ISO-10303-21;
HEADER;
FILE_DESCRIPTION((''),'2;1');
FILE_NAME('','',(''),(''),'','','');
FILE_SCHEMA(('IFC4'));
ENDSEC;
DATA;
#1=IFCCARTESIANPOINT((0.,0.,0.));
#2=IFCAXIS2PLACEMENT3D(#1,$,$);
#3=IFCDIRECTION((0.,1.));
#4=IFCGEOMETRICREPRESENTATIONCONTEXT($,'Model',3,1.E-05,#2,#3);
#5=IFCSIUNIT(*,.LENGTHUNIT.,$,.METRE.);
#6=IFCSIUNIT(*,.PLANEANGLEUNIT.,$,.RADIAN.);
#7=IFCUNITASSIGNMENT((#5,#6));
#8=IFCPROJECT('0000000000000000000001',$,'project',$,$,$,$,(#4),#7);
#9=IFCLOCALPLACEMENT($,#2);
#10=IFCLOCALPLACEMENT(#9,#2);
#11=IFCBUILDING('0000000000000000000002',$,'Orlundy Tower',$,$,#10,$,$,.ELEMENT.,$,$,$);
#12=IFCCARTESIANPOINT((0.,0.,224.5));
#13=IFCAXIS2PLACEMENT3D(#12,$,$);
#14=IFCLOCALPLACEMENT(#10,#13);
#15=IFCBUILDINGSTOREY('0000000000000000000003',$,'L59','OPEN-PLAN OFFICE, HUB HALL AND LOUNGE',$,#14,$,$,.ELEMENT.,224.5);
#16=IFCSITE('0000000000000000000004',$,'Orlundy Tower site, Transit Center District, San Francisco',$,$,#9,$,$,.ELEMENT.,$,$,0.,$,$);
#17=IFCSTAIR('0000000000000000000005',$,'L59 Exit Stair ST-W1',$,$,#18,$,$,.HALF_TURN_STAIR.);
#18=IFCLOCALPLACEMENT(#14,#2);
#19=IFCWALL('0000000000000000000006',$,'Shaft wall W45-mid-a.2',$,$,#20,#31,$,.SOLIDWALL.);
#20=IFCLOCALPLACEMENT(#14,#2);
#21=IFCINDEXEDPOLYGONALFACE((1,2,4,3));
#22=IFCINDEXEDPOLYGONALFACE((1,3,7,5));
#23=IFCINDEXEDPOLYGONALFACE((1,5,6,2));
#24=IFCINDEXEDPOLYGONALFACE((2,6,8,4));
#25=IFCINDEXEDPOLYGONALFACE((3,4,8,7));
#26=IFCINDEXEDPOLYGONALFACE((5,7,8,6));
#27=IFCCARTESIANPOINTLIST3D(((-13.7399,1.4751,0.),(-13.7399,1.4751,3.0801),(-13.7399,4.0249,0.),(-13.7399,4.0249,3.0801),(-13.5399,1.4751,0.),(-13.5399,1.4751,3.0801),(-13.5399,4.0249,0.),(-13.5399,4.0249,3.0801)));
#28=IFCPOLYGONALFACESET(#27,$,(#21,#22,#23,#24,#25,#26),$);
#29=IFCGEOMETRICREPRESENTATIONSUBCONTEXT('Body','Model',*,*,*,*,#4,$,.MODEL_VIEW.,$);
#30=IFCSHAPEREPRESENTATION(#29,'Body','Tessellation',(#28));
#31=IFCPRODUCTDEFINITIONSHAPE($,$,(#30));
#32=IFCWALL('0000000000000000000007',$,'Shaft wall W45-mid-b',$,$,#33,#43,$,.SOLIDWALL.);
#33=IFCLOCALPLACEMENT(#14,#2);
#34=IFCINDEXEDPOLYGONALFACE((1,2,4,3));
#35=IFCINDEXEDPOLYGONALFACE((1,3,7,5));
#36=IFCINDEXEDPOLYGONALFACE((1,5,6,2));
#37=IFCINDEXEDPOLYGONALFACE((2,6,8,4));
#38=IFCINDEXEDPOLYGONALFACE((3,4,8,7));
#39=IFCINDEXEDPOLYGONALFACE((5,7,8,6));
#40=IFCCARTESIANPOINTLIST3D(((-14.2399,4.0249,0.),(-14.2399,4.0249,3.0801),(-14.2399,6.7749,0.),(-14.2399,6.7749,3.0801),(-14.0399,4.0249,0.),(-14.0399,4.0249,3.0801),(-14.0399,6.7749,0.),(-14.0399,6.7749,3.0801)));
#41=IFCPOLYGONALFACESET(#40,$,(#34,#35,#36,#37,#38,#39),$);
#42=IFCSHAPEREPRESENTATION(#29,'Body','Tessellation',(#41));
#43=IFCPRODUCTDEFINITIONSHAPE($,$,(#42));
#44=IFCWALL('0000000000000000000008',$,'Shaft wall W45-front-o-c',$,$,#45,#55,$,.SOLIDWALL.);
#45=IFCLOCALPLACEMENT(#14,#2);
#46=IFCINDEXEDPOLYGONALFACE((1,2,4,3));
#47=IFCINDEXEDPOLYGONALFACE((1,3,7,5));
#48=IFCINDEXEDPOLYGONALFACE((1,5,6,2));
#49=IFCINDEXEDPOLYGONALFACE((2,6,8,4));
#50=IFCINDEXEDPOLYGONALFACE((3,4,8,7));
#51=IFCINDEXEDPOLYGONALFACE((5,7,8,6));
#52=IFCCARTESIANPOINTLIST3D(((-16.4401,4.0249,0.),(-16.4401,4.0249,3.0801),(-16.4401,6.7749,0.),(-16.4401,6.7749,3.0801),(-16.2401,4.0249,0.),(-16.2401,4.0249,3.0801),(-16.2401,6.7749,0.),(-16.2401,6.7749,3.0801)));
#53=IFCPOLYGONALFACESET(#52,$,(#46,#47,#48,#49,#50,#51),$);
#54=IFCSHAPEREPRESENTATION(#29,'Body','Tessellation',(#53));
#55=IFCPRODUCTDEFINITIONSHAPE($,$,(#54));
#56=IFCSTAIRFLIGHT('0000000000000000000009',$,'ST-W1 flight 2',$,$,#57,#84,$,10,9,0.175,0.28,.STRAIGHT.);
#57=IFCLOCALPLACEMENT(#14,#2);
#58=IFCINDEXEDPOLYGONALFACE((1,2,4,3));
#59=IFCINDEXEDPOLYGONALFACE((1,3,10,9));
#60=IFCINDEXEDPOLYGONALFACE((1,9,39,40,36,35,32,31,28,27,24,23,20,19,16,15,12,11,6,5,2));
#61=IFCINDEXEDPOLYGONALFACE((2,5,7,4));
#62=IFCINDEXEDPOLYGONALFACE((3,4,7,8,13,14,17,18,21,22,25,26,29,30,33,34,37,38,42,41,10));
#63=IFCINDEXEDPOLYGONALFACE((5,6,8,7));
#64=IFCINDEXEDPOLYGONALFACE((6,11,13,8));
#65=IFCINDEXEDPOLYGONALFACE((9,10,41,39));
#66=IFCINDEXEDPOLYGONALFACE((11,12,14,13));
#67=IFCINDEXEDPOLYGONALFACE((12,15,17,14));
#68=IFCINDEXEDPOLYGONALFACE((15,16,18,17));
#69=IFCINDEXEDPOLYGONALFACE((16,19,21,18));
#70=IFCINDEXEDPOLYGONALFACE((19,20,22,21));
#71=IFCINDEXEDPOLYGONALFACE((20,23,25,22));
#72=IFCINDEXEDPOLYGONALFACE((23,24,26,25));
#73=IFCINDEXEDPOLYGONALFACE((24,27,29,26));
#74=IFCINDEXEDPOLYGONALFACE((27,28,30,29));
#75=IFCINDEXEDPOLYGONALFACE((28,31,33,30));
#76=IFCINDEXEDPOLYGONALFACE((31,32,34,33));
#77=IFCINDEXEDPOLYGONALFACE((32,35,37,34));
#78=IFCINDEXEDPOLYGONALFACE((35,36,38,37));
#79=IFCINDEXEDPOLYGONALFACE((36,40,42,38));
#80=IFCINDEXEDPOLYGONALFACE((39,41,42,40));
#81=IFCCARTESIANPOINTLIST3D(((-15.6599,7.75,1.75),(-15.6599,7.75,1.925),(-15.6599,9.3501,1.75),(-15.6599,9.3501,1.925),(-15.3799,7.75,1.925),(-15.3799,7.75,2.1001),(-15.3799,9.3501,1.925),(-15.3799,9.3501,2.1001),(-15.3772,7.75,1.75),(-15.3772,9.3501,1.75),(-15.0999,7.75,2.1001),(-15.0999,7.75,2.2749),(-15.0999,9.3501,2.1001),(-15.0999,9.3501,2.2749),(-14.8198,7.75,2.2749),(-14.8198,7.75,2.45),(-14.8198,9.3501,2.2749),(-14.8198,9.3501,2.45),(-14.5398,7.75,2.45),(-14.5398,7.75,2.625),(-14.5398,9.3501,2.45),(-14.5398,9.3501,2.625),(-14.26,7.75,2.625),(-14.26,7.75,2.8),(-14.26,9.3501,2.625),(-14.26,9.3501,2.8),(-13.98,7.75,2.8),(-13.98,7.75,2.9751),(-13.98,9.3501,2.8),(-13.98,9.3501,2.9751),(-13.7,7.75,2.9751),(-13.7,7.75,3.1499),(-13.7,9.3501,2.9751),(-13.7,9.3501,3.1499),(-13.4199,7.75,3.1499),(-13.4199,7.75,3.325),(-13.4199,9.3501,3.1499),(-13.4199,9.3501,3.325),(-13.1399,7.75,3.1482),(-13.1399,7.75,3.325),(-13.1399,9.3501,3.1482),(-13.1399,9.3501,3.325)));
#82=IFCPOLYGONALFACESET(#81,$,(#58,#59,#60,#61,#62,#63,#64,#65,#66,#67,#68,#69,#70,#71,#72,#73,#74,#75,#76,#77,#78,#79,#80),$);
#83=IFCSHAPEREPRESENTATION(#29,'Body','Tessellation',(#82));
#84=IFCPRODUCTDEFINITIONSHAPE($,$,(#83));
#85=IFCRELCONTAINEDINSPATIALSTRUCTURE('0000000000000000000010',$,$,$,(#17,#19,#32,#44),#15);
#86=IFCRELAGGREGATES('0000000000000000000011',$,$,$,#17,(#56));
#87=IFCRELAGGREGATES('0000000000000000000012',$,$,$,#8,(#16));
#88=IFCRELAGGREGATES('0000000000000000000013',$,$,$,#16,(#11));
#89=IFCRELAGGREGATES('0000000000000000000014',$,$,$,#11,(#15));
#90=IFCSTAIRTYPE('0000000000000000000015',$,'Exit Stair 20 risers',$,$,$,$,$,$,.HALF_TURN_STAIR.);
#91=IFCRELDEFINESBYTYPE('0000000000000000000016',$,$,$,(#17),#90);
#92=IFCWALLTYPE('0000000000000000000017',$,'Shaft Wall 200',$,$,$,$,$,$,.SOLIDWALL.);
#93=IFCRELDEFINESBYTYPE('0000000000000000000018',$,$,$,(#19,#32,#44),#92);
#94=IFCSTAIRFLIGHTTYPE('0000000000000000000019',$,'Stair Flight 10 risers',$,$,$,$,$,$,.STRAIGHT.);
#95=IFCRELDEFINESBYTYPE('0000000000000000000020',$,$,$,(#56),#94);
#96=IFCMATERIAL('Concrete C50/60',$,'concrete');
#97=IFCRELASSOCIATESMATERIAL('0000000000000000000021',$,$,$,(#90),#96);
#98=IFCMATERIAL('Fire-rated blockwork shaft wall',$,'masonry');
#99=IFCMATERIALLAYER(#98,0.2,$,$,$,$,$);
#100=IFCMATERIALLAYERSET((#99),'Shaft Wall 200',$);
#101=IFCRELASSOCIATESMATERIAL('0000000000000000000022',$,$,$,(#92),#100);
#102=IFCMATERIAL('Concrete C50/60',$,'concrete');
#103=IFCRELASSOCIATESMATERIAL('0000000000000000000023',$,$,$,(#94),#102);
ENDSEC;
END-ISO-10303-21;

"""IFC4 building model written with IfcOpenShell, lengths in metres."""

from ifc_helpers import new_model, si_unit, direction, frame, frame_2d, origin, place, context, subcontext, project, spatial, polyline, rectangle, outline, extrude, material, layer, layer_set, type_object, element, aggregate, save


model = new_model("IFC4")

# Units and contexts
model_context = context("Model", 3, precision=1e-05, world=origin(), true_north=direction((0.0, 1.0)))
body_context = subcontext(model_context, "Body", "Model", "MODEL_VIEW")
ifc_project = project(units=[si_unit("LENGTHUNIT", "METRE"), si_unit("PLANEANGLEUNIT", "RADIAN")], contexts=[model_context])

# Site, building, storey
site_placement = place(None, origin())
site = spatial("IfcSite", under=ifc_project, at=site_placement, Name="Orlundy Tower site, Transit Center District, San Francisco", CompositionType="ELEMENT", RefElevation=0.0)
building_placement = place(site_placement, origin())
building = spatial("IfcBuilding", under=site, at=building_placement, Name="Orlundy Tower", CompositionType="ELEMENT")
storey_placement = place(building_placement, frame((0.0, 0.0, 224.5)))
storey = spatial("IfcBuildingStorey", under=building, at=storey_placement, Name="L59", Description="OPEN-PLAN OFFICE, HUB HALL AND LOUNGE", CompositionType="ELEMENT", Elevation=224.5)

# Stair
ifc_material_1 = material(Name="Concrete C50/60", Category="concrete")
stair_type = type_object("IfcStairType", Name="Exit Stair 20 risers", PredefinedType="HALF_TURN_STAIR", material=ifc_material_1)
stair_1_placement = place(storey_placement, origin())
stair_1 = element("IfcStair", 1, at=stair_1_placement, inside=storey, type_object=stair_type, Name="L59 Exit Stair ST-W1", PredefinedType="HALF_TURN_STAIR")

# Walls
ifc_material_2 = material(Name="Fire-rated blockwork shaft wall", Category="masonry")
ifc_layer_1 = layer(ifc_material_2, 0.2)
ifc_layer_set_1 = layer_set([ifc_layer_1], Name="Shaft Wall 200")
wall_type_1 = type_object("IfcWallType", Name="Shaft Wall 200", PredefinedType="SOLIDWALL", material=ifc_layer_set_1)
wall_1_placement = place(storey_placement, frame((-13.6399, 1.4751, 0.0), z_axis=(0.0, 0.0, 1.0), x_axis=(0.0, 1.0, 0.0)))
element("IfcWall", 2, at=wall_1_placement, inside=storey, type_object=wall_type_1, Name="Shaft wall W45-mid-a.2", PredefinedType="SOLIDWALL", context=body_context, shape_type="SweptSolid", body=[
    extrude(rectangle(XDim=2.5498, YDim=0.2, at=frame_2d((1.2749, 0.0))), origin(), (0.0, 0.0, 1.0), 3.0801),
])
for number, where, z_axis, x_axis, name in (
    (3, (-14.1399, 4.0249, 0.0), (0.0, 0.0, 1.0), (0.0, 1.0, 0.0), "Shaft wall W45-mid-b"),
    (4, (-16.3401, 4.0249, 0.0), (0.0, 0.0, 1.0), (0.0, 1.0, 0.0), "Shaft wall W45-front-o-c"),
):
    element("IfcWall", number, at=place(storey_placement, frame(where, z_axis=z_axis, x_axis=x_axis)), inside=storey, type_object=wall_type_1, Name=name, PredefinedType="SOLIDWALL", context=body_context, shape_type="SweptSolid", body=[
        extrude(rectangle(XDim=2.75, YDim=0.2, at=frame_2d((1.375, 0.0))), origin(), (0.0, 0.0, 1.0), 3.0801),
    ])

# Stair flight
ifc_material_3 = material(Name="Concrete C50/60", Category="concrete")
stair_flight_type = type_object("IfcStairFlightType", Name="Stair Flight 10 risers", PredefinedType="STRAIGHT", material=ifc_material_3)
stair_flight_placement = place(storey_placement, frame((-15.6599, 8.55, 1.75), z_axis=(0.0, 0.0, 1.0), x_axis=(1.0, 0.0, 0.0)))
stair_flight = element("IfcStairFlight", 5, at=stair_flight_placement, type_object=stair_flight_type, Name="ST-W1 flight 2", NumberOfRisers=10, NumberOfTreads=9, PredefinedType="STRAIGHT", RiserHeight=0.175, TreadLength=0.28, context=body_context, shape_type="SweptSolid", body=[
    extrude(outline(polyline([(0.0, 0.0), (0.0, 0.175), (0.28, 0.175), (0.28, 0.3501), (0.5601, 0.3501), (0.5601, 0.5249), (0.8401, 0.5249), (0.8401, 0.7), (1.1201, 0.7), (1.1201, 0.875), (1.3999, 0.875), (1.3999, 1.05), (1.6799, 1.05), (1.6799, 1.2251), (1.96, 1.2251), (1.96, 1.3999), (2.24, 1.3999), (2.24, 1.575), (2.52, 1.575), (2.52, 1.75), (2.52, 1.3982), (0.2827, 0.0), (0.0, 0.0)])), frame((0.0, 0.8, 0.0), z_axis=(0.0, -1.0, 0.0), x_axis=(1.0, 0.0, 0.0)), (0.0, 0.0, 1.0), 1.6001),
])
aggregate(stair_1, [stair_flight])

save(model, "model.ifc")
